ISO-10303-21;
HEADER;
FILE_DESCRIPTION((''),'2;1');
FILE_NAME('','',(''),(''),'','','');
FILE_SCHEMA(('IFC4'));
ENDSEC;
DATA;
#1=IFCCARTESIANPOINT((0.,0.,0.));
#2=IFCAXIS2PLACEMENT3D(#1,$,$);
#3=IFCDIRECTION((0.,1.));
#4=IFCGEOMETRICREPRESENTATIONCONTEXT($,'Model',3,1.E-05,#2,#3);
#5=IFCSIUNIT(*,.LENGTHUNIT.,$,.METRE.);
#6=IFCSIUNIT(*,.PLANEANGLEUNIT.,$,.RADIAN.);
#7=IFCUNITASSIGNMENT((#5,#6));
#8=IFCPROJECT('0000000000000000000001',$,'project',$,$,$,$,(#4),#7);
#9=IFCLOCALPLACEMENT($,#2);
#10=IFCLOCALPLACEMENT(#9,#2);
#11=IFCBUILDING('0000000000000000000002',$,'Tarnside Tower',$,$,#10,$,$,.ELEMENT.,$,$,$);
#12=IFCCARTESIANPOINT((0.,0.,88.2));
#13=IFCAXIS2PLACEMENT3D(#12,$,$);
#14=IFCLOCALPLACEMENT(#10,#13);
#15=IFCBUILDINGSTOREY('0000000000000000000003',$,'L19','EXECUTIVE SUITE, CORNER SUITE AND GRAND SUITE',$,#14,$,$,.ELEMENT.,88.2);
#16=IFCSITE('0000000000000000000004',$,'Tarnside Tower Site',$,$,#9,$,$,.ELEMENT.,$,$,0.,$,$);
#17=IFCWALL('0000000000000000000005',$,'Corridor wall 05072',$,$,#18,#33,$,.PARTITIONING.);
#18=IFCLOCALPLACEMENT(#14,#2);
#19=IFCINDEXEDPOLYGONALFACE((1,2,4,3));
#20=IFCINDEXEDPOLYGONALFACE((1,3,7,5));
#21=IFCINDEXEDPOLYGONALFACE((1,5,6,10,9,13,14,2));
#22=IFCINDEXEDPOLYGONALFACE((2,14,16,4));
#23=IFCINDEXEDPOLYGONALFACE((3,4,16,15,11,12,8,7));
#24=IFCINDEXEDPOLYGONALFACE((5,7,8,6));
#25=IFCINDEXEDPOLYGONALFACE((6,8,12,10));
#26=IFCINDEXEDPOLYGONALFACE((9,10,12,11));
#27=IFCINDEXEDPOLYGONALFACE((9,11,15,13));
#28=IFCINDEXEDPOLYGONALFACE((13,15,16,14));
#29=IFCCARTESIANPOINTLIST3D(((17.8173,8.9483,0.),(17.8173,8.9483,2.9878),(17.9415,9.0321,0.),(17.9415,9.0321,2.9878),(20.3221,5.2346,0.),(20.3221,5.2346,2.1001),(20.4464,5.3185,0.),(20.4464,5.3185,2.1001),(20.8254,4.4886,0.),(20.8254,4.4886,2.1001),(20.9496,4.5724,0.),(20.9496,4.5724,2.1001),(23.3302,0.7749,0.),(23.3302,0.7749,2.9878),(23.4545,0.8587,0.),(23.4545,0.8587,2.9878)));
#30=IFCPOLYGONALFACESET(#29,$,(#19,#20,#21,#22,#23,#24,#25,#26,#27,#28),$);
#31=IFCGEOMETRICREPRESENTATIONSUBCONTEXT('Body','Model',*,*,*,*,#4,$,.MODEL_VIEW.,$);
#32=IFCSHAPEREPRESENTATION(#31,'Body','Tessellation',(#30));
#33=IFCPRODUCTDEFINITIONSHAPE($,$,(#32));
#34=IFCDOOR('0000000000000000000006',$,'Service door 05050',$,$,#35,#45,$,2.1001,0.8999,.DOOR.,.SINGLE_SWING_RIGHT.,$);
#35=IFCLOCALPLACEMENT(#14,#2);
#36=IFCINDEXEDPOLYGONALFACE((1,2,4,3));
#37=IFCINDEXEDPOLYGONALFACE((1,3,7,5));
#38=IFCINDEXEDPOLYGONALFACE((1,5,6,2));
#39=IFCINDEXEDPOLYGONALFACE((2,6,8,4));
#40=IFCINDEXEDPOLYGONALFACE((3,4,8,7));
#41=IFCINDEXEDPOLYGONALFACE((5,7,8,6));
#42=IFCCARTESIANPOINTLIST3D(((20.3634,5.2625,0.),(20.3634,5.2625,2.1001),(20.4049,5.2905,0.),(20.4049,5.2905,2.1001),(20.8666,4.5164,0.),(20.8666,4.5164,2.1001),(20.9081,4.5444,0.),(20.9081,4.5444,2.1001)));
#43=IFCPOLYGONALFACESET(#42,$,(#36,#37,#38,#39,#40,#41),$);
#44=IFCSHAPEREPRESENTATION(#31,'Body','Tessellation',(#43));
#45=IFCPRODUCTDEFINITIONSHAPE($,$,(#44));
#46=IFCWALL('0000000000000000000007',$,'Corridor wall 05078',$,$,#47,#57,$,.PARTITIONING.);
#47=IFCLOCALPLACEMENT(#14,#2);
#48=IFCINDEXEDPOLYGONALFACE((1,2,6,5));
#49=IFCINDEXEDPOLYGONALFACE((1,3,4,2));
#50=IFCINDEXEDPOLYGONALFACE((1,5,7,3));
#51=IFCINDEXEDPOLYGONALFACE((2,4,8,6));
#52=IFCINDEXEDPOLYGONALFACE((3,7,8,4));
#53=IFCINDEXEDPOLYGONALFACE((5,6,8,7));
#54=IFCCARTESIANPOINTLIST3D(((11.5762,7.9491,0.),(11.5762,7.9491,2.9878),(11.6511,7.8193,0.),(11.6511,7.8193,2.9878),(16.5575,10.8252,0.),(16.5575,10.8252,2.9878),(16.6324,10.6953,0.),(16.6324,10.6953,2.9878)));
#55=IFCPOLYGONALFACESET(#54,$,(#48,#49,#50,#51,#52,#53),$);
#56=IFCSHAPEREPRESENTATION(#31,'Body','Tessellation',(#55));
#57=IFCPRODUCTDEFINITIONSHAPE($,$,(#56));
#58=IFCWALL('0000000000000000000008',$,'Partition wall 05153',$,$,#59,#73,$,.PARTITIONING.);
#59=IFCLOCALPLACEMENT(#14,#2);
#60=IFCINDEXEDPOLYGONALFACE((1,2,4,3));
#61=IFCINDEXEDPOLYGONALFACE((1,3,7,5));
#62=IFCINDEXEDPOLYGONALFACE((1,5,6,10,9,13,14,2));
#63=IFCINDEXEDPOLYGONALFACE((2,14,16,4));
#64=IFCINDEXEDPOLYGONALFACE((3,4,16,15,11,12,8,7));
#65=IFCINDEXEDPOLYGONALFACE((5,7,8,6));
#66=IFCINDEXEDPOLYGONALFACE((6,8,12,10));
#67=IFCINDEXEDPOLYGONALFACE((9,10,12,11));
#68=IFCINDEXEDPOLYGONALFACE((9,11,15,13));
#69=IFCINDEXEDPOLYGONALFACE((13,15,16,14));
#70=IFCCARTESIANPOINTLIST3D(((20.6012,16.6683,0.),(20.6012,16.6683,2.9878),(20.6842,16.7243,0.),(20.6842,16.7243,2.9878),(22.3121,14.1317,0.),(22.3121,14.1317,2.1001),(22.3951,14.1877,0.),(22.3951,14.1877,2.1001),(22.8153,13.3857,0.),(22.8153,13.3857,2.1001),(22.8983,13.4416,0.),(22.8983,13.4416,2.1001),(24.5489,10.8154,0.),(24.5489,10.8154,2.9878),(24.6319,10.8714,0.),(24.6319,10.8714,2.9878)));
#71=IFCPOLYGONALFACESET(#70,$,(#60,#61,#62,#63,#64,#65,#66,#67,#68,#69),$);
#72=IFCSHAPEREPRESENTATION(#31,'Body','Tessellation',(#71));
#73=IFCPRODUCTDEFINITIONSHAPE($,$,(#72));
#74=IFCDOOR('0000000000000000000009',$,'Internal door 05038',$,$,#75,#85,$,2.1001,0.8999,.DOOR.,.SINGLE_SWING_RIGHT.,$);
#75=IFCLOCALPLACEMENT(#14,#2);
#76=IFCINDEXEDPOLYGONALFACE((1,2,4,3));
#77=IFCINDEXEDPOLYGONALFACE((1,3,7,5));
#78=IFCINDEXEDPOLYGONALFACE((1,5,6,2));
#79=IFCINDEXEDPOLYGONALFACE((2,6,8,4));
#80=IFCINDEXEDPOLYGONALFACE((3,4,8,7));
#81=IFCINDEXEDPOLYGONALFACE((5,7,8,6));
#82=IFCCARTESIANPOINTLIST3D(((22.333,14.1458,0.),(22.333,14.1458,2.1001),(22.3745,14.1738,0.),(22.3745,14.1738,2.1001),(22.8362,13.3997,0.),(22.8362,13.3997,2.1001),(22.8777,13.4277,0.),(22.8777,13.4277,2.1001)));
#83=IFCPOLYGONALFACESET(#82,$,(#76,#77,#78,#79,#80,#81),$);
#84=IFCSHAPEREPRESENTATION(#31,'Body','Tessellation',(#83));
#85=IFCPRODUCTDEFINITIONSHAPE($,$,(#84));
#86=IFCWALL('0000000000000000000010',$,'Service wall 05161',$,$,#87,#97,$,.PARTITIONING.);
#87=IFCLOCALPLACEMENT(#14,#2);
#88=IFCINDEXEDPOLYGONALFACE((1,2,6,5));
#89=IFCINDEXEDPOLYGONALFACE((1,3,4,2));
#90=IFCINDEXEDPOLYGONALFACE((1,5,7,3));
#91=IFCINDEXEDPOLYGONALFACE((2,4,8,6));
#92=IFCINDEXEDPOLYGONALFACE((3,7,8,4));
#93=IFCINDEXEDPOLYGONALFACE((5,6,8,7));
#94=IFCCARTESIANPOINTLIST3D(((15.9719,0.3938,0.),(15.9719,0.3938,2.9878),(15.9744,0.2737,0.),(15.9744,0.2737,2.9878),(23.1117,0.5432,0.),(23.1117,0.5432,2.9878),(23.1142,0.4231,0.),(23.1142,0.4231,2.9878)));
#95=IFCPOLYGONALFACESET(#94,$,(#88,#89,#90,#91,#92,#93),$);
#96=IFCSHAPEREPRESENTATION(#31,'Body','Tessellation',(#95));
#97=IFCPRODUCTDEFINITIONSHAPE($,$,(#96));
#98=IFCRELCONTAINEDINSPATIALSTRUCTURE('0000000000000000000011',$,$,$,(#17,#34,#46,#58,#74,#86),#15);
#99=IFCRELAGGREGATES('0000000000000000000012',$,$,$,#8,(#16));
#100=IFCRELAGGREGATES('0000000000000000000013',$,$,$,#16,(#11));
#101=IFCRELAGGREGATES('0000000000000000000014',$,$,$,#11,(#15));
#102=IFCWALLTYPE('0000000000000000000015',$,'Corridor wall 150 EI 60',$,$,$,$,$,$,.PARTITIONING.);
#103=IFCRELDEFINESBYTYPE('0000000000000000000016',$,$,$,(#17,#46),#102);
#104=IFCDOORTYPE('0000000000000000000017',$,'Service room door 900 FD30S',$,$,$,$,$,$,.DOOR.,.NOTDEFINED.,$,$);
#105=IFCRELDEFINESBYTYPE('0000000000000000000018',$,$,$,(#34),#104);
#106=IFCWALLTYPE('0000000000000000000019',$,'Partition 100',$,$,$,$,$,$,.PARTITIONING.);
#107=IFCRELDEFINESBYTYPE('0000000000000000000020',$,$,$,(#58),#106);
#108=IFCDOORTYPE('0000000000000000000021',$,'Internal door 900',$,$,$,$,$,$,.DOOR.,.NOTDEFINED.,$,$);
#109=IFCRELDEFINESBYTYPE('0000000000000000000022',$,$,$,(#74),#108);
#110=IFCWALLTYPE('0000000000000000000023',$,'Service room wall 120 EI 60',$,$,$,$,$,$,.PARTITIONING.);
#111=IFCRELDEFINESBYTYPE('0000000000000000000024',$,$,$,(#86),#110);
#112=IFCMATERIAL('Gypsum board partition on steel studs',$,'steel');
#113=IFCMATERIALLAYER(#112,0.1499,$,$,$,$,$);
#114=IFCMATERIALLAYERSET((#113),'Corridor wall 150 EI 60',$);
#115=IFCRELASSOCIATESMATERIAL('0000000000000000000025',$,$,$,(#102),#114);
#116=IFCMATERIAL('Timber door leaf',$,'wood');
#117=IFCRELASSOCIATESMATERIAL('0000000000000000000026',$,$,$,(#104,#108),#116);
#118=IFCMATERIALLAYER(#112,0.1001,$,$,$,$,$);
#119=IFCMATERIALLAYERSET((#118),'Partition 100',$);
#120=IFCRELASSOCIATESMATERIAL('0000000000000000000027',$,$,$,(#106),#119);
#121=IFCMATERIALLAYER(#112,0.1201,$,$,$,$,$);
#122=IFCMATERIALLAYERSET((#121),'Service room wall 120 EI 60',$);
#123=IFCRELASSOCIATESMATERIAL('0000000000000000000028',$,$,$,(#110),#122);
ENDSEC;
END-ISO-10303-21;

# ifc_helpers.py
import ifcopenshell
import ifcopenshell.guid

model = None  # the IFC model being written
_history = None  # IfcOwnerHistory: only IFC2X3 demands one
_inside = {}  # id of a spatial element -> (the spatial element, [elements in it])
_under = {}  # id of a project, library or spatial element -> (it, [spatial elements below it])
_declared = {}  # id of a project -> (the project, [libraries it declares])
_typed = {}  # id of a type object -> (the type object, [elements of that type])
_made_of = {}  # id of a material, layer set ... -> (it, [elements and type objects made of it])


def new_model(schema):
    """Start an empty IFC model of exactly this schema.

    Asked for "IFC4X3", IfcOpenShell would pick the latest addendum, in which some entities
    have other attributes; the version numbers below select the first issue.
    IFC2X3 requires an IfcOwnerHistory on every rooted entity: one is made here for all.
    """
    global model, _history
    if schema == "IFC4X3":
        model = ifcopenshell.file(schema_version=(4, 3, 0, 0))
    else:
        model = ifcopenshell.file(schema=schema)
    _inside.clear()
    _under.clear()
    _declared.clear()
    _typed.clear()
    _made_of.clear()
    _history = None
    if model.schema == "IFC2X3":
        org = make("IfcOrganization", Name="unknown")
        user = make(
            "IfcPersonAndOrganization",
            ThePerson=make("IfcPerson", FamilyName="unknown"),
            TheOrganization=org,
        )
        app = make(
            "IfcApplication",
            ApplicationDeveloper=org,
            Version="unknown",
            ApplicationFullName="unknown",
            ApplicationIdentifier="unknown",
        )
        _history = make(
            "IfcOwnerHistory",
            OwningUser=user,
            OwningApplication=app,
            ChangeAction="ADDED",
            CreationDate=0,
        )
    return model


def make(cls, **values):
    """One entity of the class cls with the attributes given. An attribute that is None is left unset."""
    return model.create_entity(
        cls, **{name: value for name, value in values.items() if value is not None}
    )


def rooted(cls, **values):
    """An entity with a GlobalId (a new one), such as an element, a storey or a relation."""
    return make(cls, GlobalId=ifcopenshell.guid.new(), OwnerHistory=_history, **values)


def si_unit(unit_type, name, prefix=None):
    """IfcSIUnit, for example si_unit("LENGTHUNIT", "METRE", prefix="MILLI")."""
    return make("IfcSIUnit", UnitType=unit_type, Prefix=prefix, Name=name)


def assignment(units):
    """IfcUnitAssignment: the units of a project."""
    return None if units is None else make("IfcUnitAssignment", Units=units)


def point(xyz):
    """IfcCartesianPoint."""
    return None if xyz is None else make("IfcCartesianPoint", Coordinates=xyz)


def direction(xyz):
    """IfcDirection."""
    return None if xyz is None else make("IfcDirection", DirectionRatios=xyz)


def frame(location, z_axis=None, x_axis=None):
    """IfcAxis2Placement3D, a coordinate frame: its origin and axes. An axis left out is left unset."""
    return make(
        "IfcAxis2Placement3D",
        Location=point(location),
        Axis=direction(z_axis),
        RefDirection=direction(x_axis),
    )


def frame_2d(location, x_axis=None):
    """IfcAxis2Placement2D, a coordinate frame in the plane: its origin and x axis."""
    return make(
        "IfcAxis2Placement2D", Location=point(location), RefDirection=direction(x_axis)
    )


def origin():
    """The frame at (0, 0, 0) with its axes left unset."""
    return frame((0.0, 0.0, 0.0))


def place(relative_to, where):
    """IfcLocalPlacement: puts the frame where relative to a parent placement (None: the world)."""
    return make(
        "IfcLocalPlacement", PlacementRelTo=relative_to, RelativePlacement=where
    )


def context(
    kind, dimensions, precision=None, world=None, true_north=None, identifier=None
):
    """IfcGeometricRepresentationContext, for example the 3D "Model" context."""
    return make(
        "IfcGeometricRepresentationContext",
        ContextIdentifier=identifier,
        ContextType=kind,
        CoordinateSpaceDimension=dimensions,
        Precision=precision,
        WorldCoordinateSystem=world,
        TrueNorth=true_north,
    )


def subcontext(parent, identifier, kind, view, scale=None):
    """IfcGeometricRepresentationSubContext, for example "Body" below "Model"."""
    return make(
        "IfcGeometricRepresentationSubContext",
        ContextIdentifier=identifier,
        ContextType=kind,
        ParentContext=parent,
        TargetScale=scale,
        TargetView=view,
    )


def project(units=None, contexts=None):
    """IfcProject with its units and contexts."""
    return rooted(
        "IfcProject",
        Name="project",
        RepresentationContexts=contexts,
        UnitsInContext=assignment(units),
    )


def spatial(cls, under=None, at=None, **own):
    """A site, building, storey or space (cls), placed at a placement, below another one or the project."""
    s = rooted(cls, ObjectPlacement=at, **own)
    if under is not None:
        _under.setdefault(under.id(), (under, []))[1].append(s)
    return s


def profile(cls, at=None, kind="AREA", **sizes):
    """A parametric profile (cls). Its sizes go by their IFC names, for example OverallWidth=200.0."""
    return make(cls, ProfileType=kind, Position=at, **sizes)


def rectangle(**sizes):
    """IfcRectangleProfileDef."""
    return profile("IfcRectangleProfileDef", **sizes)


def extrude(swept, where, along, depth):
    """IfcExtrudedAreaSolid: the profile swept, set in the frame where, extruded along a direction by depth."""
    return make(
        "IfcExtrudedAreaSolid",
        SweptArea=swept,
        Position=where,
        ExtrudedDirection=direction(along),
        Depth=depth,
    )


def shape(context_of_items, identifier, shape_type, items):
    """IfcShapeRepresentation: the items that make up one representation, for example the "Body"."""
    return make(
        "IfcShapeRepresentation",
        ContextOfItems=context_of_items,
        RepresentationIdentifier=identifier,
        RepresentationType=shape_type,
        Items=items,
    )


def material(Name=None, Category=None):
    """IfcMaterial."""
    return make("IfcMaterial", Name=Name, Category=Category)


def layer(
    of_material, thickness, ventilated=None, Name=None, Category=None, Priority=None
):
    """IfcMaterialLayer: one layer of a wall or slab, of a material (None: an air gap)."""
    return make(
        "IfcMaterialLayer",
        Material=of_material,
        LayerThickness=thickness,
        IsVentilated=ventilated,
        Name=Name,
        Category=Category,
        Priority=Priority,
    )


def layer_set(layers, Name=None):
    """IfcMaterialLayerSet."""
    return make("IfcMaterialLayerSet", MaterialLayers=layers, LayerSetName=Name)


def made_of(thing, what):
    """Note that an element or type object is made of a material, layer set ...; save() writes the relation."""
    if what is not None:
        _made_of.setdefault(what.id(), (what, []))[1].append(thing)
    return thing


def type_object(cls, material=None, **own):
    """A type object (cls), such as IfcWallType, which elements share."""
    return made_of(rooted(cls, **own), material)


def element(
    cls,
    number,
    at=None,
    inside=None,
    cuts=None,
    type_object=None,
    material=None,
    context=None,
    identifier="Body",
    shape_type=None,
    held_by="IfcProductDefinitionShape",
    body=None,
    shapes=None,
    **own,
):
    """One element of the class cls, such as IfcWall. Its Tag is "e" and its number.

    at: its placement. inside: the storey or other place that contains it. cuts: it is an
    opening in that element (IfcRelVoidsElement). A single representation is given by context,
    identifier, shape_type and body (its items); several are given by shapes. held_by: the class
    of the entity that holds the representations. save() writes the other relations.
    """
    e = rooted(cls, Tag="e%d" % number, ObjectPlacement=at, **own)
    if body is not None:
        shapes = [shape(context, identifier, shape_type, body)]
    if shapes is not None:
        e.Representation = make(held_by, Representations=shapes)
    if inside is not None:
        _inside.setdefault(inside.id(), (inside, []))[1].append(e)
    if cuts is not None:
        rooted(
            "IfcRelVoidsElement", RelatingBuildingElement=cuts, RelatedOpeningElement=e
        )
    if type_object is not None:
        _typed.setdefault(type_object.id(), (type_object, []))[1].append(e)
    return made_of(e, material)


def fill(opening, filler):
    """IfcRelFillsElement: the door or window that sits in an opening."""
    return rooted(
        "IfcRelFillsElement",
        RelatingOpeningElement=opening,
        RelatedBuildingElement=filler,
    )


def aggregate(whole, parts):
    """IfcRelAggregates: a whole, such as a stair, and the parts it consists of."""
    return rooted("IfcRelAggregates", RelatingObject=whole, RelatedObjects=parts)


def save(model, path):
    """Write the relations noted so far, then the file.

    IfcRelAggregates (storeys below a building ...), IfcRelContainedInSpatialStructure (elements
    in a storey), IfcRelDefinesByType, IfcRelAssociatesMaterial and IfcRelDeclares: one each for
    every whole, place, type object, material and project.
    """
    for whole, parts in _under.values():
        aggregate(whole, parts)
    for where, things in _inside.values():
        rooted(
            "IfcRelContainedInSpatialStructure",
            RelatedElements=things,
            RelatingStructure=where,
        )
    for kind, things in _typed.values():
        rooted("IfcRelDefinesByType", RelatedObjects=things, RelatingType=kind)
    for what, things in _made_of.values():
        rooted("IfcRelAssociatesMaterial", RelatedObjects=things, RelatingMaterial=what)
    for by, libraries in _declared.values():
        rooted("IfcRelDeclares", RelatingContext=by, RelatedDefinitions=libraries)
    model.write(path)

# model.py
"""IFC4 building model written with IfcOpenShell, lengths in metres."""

from ifc_helpers import new_model, si_unit, direction, frame, frame_2d, origin, place, context, subcontext, project, spatial, rectangle, extrude, material, layer, layer_set, type_object, element, fill, save


model = new_model("IFC4")

# Units and contexts
model_context = context("Model", 3, precision=1e-05, world=origin(), true_north=direction((0.0, 1.0)))
body_context = subcontext(model_context, "Body", "Model", "MODEL_VIEW")
ifc_project = project(units=[si_unit("LENGTHUNIT", "METRE"), si_unit("PLANEANGLEUNIT", "RADIAN")], contexts=[model_context])

# Site, building, storey
site_placement = place(None, origin())
site = spatial("IfcSite", under=ifc_project, at=site_placement, Name="Tarnside Tower Site", CompositionType="ELEMENT", RefElevation=0.0)
building_placement = place(site_placement, origin())
building = spatial("IfcBuilding", under=site, at=building_placement, Name="Tarnside Tower", CompositionType="ELEMENT")
storey_placement = place(building_placement, frame((0.0, 0.0, 88.2)))
storey = spatial("IfcBuildingStorey", under=building, at=storey_placement, Name="L19", Description="EXECUTIVE SUITE, CORNER SUITE AND GRAND SUITE", CompositionType="ELEMENT", Elevation=88.2)

# Shared definitions
ifc_material_1 = material(Name="Gypsum board partition on steel studs", Category="steel")
ifc_material_2 = material(Name="Timber door leaf", Category="wood")

# Shared definitions
ifc_layer_1 = layer(ifc_material_1, 0.1499)
ifc_layer_set_1 = layer_set([ifc_layer_1], Name="Corridor wall 150 EI 60")
wall_type_1 = type_object("IfcWallType", Name="Corridor wall 150 EI 60", PredefinedType="PARTITIONING", material=ifc_layer_set_1)

# Wall, opening, door
door_type_1 = type_object("IfcDoorType", Name="Service room door 900 FD30S", OperationType="NOTDEFINED", PredefinedType="DOOR", material=ifc_material_2)
wall_1_placement = place(storey_placement, frame((17.8794, 8.9902, 0.0), z_axis=(0.0, 0.0, 1.0), x_axis=(0.55919, -0.82904, 0.0)))
wall_1 = element("IfcWall", 1, at=wall_1_placement, inside=storey, type_object=wall_type_1, Name="Corridor wall 05072", PredefinedType="PARTITIONING", context=body_context, shape_type="SweptSolid", body=[
    extrude(rectangle(XDim=9.8589, YDim=0.1499, at=frame_2d((4.9294, 0.0))), origin(), (0.0, 0.0, 1.0), 2.9878),
])
opening_1_placement = place(wall_1_placement, frame((4.4795, 0.0, 0.0)))
opening_1 = element("IfcOpeningElement", 2, at=opening_1_placement, cuts=wall_1, PredefinedType="OPENING", context=body_context, shape_type="SweptSolid", body=[
    extrude(rectangle(XDim=0.8999, YDim=2.1001, at=frame_2d((0.45, 1.05))), frame((0.0, 0.085, 0.0), z_axis=(0.0, -1.0, 0.0), x_axis=(1.0, 0.0, 0.0)), (0.0, 0.0, 1.0), 0.1699),
])
door_1_placement = place(opening_1_placement, origin())
door_1 = element("IfcDoor", 3, at=door_1_placement, inside=storey, type_object=door_type_1, Name="Service door 05050", OperationType="SINGLE_SWING_RIGHT", OverallHeight=2.1001, OverallWidth=0.8999, PredefinedType="DOOR", context=body_context, shape_type="SweptSolid", body=[
    extrude(rectangle(XDim=0.8999, YDim=2.1001, at=frame_2d((0.45, 1.05))), frame((0.0, 0.0249, 0.0), z_axis=(0.0, -1.0, 0.0), x_axis=(1.0, 0.0, 0.0)), (0.0, 0.0, 1.0), 0.05),
])
fill(opening_1, door_1)

# Wall
wall_2_placement = place(storey_placement, frame((16.595, 10.7603, 0.0), z_axis=(0.0, 0.0, 1.0), x_axis=(-0.866019, -0.50001, 0.0)))
element("IfcWall", 4, at=wall_2_placement, inside=storey, type_object=wall_type_1, Name="Corridor wall 05078", PredefinedType="PARTITIONING", context=body_context, shape_type="SweptSolid", body=[
    extrude(rectangle(XDim=5.752, YDim=0.1499, at=frame_2d((2.876, 0.0))), origin(), (0.0, 0.0, 1.0), 2.9878),
])

# Wall, opening, door
ifc_layer_2 = layer(ifc_material_1, 0.1001)
ifc_layer_set_2 = layer_set([ifc_layer_2], Name="Partition 100")
wall_type_2 = type_object("IfcWallType", Name="Partition 100", PredefinedType="PARTITIONING", material=ifc_layer_set_2)
wall_3_placement = place(storey_placement, frame((24.5903, 10.8435, 0.0), z_axis=(0.0, 0.0, 1.0), x_axis=(-0.559177, 0.829048, 0.0)))
wall_3 = element("IfcWall", 5, at=wall_3_placement, inside=storey, type_object=wall_type_2, Name="Partition wall 05153", PredefinedType="PARTITIONING", context=body_context, shape_type="SweptSolid", body=[
    extrude(rectangle(XDim=7.0598, YDim=0.1001, at=frame_2d((3.5298, 0.0))), origin(), (0.0, 0.0, 1.0), 2.9878),
])
opening_2_placement = place(wall_3_placement, frame((3.1001, 0.0, 0.0)))
opening_2 = element("IfcOpeningElement", 6, at=opening_2_placement, cuts=wall_3, PredefinedType="OPENING", context=body_context, shape_type="SweptSolid", body=[
    extrude(rectangle(XDim=0.8999, YDim=2.1001, at=frame_2d((0.45, 1.05))), frame((0.0, 0.0601, 0.0), z_axis=(0.0, -1.0, 0.0), x_axis=(1.0, 0.0, 0.0)), (0.0, 0.0, 1.0), 0.1201),
])
door_type_2 = type_object("IfcDoorType", Name="Internal door 900", OperationType="NOTDEFINED", PredefinedType="DOOR", material=ifc_material_2)
door_2_placement = place(opening_2_placement, origin())
door_2 = element("IfcDoor", 7, at=door_2_placement, inside=storey, type_object=door_type_2, Name="Internal door 05038", OperationType="SINGLE_SWING_RIGHT", OverallHeight=2.1001, OverallWidth=0.8999, PredefinedType="DOOR", context=body_context, shape_type="SweptSolid", body=[
    extrude(rectangle(XDim=0.8999, YDim=2.1001, at=frame_2d((0.45, 1.05))), frame((0.0, 0.0249, 0.0), z_axis=(0.0, -1.0, 0.0), x_axis=(1.0, 0.0, 0.0)), (0.0, 0.0, 1.0), 0.05),
])
fill(opening_2, door_2)

# Wall
ifc_layer_3 = layer(ifc_material_1, 0.1201)
ifc_layer_set_3 = layer_set([ifc_layer_3], Name="Service room wall 120 EI 60")
wall_type_3 = type_object("IfcWallType", Name="Service room wall 120 EI 60", PredefinedType="PARTITIONING", material=ifc_layer_set_3)
wall_4_placement = place(storey_placement, frame((23.113, 0.4832, 0.0), z_axis=(0.0, 0.0, 1.0), x_axis=(-0.999781, -0.020922, 0.0)))
element("IfcWall", 8, at=wall_4_placement, inside=storey, type_object=wall_type_3, Name="Service wall 05161", PredefinedType="PARTITIONING", context=body_context, shape_type="SweptSolid", body=[
    extrude(rectangle(XDim=7.1414, YDim=0.1201, at=frame_2d((3.5708, 0.0))), origin(), (0.0, 0.0, 1.0), 2.9878),
])

save(model, "model.ifc")
